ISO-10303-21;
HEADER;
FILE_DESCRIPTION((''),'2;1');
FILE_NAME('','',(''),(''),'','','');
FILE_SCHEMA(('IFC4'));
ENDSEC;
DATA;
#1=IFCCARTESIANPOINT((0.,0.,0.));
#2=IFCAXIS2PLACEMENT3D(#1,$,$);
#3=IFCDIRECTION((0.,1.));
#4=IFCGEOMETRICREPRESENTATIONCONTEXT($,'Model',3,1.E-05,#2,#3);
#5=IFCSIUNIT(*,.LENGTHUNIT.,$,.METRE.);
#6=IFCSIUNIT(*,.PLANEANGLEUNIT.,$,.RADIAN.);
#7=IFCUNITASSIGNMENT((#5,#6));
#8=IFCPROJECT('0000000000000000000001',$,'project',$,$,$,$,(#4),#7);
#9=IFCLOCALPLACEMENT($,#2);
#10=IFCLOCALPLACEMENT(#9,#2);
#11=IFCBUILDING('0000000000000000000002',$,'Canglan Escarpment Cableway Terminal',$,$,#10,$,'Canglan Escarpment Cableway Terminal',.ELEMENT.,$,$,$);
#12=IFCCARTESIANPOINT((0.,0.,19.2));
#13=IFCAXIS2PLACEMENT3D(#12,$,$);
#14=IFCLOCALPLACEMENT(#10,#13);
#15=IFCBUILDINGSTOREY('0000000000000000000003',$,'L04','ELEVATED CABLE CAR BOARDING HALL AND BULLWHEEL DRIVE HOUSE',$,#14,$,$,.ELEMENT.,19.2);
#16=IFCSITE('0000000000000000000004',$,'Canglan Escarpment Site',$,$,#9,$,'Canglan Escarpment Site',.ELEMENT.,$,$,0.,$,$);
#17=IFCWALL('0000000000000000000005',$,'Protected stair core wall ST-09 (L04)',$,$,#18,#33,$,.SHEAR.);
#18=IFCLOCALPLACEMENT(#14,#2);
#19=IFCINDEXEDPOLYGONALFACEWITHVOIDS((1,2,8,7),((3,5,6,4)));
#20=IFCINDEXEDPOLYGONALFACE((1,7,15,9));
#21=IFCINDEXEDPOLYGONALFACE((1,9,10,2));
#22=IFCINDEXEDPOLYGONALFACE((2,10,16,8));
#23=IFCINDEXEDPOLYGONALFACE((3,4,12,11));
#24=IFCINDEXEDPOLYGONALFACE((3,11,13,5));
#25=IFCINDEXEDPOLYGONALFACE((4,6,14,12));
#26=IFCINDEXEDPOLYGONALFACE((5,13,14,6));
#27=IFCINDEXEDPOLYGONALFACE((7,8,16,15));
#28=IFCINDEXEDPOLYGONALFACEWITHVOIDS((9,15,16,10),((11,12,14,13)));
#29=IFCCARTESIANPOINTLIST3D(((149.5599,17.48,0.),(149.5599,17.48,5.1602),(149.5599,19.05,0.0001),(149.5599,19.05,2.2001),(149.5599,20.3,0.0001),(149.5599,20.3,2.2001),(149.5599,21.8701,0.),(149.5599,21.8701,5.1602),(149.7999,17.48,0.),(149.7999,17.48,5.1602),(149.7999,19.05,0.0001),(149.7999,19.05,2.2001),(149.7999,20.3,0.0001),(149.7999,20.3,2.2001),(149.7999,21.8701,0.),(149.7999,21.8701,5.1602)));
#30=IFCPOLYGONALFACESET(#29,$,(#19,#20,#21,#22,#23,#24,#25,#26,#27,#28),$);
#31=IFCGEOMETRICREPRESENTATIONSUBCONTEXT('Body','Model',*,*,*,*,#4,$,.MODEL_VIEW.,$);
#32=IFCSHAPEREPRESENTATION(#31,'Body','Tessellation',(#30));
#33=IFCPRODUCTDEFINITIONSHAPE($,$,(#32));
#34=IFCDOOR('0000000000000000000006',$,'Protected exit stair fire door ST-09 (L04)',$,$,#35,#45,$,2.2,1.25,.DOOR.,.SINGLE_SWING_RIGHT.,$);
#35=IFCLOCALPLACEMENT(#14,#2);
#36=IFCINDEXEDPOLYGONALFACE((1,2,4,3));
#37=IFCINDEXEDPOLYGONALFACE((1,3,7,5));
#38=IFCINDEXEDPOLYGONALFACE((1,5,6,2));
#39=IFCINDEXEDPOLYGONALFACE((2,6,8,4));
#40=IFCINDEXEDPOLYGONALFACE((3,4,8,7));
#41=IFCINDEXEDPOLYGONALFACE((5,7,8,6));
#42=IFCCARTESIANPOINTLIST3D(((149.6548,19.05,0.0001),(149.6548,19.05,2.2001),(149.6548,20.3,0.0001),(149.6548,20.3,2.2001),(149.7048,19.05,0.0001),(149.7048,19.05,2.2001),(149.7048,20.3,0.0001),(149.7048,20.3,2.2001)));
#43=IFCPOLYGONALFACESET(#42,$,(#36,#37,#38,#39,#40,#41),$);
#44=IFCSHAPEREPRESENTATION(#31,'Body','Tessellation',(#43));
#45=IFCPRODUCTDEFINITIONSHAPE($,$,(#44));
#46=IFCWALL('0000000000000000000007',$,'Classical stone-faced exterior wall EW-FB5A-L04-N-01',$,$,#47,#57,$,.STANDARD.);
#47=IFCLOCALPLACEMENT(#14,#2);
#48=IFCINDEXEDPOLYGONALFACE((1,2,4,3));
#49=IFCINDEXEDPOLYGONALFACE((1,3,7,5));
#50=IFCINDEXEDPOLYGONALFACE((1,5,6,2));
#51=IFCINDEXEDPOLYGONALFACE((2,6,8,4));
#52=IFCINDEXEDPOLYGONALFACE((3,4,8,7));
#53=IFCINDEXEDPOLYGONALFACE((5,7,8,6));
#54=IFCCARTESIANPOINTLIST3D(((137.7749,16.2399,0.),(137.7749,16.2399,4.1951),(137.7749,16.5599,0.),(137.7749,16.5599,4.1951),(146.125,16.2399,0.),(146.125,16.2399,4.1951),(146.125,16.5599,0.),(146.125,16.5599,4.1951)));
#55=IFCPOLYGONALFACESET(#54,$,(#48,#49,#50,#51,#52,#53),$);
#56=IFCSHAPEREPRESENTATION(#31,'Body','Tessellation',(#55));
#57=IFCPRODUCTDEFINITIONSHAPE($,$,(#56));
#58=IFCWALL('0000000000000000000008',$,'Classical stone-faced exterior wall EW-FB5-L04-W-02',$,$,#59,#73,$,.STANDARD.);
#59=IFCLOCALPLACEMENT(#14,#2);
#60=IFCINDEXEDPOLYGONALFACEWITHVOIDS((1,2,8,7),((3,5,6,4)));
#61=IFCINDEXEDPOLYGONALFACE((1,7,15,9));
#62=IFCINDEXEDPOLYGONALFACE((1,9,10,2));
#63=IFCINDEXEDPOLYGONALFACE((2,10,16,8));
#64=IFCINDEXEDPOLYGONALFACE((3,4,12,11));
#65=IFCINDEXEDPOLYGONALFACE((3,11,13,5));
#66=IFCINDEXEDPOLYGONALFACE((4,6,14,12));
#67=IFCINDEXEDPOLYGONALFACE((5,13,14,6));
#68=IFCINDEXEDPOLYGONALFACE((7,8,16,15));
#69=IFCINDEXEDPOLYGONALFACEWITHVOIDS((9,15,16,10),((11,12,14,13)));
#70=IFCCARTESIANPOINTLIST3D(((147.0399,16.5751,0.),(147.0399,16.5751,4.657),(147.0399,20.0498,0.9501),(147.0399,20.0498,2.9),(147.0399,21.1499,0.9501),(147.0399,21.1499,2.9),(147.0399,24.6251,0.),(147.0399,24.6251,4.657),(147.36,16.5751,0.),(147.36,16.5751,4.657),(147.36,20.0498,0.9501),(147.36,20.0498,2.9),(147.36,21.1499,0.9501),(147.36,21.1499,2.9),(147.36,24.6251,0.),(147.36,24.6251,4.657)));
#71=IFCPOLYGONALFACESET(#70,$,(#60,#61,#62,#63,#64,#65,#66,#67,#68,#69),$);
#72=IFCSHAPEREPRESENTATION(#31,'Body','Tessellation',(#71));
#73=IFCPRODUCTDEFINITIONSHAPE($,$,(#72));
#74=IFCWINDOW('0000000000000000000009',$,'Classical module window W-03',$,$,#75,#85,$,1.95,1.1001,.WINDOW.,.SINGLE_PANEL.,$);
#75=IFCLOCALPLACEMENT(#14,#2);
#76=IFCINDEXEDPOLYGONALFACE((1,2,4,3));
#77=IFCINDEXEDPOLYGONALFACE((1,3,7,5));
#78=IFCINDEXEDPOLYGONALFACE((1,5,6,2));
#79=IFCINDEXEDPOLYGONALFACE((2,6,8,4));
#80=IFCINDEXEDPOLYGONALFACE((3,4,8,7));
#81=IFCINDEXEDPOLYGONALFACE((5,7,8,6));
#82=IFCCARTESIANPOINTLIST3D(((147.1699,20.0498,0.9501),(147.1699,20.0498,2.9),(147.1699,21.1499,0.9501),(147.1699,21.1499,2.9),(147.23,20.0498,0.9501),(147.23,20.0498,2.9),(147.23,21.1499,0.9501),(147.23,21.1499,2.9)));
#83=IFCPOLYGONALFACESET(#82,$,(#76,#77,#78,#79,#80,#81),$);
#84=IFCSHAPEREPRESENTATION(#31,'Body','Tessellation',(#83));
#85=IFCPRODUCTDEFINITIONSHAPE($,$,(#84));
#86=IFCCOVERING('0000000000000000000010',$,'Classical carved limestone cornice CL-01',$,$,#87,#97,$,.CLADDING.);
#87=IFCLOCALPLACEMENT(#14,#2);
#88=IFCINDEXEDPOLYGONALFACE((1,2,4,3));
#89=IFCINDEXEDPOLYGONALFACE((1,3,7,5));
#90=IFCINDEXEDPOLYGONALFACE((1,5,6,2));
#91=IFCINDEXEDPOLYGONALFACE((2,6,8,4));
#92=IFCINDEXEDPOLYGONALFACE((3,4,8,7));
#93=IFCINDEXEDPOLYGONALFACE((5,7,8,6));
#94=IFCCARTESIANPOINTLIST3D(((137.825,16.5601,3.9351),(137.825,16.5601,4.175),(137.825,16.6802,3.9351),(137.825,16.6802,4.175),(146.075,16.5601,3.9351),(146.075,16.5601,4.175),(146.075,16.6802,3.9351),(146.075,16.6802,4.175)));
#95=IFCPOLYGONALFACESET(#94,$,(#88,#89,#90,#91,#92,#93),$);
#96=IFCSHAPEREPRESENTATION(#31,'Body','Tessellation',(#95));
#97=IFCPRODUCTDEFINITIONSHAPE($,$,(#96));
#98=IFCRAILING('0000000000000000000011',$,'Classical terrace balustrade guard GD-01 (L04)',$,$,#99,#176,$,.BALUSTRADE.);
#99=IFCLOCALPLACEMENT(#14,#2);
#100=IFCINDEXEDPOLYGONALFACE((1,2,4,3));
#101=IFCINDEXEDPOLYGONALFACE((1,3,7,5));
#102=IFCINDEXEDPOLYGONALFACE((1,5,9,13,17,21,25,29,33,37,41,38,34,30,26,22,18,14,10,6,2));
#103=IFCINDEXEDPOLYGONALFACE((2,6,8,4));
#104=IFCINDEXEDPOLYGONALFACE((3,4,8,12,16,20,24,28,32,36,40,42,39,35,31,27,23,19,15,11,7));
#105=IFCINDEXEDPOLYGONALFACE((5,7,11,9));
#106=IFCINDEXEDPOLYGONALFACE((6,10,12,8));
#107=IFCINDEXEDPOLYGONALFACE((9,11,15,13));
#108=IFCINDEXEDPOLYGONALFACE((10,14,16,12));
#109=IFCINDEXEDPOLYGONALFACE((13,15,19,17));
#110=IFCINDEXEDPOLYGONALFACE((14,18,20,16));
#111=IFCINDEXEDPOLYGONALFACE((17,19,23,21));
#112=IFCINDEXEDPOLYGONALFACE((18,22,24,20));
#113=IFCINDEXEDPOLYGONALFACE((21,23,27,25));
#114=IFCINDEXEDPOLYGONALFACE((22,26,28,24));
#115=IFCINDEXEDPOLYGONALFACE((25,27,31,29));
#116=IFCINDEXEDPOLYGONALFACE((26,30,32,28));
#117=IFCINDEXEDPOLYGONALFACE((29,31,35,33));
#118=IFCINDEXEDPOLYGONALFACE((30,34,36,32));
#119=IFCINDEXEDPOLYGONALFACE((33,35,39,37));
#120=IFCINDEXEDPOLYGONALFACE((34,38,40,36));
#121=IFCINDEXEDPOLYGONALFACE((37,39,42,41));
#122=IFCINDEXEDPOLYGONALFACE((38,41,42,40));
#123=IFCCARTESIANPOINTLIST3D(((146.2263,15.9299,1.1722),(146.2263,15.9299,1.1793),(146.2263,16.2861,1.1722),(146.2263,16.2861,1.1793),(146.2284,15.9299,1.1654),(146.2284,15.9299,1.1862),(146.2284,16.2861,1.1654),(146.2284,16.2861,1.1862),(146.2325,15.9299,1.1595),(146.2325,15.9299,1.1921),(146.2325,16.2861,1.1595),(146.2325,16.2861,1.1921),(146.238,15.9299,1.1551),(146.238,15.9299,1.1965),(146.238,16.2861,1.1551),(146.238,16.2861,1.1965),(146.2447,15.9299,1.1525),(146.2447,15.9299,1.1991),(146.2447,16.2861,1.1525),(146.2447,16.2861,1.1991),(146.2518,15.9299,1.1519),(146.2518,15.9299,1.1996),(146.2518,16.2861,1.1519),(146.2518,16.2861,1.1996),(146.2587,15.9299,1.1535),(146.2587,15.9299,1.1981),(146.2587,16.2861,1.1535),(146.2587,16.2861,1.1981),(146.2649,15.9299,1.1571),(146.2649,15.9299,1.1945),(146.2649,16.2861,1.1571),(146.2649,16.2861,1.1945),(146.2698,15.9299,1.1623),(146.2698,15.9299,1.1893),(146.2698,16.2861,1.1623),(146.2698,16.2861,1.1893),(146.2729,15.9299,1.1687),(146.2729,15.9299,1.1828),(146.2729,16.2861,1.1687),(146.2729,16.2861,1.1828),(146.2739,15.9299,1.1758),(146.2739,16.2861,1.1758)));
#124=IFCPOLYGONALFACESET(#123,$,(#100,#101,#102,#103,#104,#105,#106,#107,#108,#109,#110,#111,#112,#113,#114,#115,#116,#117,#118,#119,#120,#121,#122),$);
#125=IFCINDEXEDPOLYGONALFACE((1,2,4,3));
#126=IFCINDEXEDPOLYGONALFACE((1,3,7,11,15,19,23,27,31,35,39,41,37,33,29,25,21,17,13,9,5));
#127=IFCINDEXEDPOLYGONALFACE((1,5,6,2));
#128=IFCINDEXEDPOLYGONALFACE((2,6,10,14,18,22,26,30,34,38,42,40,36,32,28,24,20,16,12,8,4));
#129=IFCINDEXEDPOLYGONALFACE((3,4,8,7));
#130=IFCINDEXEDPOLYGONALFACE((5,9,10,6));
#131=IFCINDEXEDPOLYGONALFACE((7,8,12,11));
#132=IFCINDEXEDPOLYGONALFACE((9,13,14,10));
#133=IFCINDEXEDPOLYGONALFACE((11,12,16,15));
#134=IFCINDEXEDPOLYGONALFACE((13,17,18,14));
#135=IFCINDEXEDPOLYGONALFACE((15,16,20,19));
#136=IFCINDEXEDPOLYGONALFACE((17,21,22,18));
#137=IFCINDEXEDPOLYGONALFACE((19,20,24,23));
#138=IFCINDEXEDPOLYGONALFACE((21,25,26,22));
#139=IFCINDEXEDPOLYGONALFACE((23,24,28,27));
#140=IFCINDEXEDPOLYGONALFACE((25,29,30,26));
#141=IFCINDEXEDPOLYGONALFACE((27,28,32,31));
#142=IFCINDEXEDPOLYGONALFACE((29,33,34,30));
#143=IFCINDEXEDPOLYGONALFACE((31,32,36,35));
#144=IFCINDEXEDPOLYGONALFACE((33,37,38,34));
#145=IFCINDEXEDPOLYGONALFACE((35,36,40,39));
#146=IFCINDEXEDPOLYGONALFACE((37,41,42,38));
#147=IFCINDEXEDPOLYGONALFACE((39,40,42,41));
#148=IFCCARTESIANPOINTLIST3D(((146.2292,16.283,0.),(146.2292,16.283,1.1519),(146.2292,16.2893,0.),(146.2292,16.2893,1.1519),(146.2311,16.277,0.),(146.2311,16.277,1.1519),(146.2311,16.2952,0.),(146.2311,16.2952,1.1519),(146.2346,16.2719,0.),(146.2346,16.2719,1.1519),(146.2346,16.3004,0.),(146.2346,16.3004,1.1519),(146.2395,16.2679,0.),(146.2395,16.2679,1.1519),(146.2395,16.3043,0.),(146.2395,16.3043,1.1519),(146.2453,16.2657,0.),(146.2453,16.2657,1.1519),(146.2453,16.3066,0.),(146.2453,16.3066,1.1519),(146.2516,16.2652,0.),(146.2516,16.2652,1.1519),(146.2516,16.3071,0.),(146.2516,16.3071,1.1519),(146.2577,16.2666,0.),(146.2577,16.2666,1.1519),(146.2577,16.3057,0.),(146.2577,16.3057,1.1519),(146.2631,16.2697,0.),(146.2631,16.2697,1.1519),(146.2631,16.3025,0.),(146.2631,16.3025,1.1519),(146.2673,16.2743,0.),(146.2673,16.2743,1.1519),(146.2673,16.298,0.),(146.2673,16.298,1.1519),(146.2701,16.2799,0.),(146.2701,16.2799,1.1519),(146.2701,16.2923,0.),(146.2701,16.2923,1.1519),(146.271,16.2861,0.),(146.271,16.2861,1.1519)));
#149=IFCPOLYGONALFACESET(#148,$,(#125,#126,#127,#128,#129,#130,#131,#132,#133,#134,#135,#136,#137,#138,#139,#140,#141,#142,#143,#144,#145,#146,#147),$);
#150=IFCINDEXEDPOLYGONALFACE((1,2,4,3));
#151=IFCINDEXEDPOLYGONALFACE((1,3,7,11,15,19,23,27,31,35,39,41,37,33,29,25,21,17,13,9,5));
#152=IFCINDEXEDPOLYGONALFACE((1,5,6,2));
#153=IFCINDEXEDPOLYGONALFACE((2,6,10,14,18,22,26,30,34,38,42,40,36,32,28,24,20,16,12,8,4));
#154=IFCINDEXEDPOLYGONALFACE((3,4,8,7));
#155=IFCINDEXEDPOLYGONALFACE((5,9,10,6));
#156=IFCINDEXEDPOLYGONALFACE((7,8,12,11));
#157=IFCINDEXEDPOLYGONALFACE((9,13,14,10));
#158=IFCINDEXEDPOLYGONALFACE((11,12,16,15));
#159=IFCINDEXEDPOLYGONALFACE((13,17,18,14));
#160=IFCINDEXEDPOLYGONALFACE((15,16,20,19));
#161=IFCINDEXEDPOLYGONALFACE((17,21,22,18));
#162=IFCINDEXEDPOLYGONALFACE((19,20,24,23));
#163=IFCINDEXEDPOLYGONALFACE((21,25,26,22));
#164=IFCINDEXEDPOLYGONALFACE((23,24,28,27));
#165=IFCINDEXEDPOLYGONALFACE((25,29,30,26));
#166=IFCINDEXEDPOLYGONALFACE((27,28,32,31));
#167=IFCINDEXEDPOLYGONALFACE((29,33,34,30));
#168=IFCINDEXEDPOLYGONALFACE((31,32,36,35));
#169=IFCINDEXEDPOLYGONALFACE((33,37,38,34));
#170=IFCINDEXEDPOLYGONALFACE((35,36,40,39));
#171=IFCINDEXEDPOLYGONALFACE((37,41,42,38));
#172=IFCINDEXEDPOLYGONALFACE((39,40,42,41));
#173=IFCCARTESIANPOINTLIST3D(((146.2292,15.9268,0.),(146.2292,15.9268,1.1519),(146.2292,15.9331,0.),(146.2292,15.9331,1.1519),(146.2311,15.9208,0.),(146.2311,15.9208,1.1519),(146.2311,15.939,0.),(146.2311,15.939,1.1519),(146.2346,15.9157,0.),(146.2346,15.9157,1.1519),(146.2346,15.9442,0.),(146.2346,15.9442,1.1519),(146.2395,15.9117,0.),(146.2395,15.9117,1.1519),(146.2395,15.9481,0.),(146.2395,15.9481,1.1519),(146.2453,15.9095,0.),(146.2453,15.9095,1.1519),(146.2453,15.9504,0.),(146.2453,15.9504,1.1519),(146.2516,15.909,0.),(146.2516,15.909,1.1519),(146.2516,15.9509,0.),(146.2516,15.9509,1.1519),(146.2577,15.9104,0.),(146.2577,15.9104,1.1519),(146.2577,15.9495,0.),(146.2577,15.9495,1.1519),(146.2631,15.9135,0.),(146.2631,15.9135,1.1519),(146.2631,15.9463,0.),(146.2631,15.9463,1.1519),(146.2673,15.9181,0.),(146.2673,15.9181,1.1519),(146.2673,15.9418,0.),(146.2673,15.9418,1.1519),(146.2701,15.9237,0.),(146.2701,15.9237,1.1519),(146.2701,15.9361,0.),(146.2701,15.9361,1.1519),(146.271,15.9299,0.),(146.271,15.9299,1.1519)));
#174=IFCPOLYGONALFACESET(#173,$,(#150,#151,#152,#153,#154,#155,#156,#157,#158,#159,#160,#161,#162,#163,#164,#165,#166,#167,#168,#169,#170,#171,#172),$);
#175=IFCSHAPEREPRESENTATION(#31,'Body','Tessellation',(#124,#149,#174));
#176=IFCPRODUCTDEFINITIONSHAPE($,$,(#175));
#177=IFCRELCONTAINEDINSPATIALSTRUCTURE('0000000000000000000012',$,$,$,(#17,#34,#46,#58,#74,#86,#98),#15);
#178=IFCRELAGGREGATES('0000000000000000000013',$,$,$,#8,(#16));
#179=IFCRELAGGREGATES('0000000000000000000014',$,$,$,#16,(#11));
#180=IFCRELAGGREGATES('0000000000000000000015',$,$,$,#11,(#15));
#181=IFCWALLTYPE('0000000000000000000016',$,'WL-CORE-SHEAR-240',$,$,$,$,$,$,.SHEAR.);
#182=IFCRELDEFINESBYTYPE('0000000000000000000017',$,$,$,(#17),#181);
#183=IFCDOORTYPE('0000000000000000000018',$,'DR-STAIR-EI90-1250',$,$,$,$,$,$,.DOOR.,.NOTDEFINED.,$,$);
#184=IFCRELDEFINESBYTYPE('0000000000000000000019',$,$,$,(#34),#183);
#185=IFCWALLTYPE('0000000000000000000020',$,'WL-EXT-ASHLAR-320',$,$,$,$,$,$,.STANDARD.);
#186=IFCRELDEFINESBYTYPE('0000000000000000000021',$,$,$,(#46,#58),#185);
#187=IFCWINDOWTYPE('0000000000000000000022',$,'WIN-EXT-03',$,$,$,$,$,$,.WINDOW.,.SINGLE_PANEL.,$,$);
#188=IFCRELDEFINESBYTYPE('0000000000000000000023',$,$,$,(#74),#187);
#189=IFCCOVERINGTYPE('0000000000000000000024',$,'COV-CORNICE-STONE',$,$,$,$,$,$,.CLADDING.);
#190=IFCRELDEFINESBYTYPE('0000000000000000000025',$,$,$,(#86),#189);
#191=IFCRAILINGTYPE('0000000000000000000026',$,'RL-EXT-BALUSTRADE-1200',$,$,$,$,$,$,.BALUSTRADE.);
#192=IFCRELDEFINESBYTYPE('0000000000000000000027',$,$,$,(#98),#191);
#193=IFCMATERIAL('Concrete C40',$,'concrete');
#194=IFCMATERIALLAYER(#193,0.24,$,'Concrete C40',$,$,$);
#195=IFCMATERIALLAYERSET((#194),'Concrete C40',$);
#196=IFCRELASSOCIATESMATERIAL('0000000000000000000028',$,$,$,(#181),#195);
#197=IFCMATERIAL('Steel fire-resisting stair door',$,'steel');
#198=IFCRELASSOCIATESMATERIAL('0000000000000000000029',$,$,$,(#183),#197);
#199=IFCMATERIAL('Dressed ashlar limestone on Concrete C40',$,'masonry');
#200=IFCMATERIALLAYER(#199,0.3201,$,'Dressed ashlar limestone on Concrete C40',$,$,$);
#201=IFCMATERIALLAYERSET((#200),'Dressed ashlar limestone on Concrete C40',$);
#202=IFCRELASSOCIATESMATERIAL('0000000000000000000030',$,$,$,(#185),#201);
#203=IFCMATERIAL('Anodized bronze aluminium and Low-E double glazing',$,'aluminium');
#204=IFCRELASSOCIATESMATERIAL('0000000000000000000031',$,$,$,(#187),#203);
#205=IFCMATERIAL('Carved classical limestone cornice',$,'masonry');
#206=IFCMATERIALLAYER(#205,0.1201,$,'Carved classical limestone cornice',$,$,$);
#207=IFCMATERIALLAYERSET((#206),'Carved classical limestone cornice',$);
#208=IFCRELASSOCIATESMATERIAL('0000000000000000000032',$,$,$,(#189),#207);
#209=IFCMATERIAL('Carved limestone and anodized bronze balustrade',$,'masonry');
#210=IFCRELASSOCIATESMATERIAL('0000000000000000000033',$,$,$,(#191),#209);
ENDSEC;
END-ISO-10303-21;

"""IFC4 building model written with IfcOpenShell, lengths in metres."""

from ifc_helpers import new_model, si_unit, direction, frame, frame_2d, origin, origin_2d, place, context, subcontext, project, spatial, rectangle, circle, extrude, material, layer, layer_set, type_object, element, fill, save


model = new_model("IFC4")

# Units and contexts
model_context = context("Model", 3, precision=1e-05, world=origin(), true_north=direction((0.0, 1.0)))
body_context = subcontext(model_context, "Body", "Model", "MODEL_VIEW")
ifc_project = project(units=[si_unit("LENGTHUNIT", "METRE"), si_unit("PLANEANGLEUNIT", "RADIAN")], contexts=[model_context])

# Site, building, storey
site_placement = place(None, origin())
site = spatial("IfcSite", under=ifc_project, at=site_placement, Name="Canglan Escarpment Site", LongName="Canglan Escarpment Site", CompositionType="ELEMENT", RefElevation=0.0)
building_placement = place(site_placement, origin())
building = spatial("IfcBuilding", under=site, at=building_placement, Name="Canglan Escarpment Cableway Terminal", LongName="Canglan Escarpment Cableway Terminal", CompositionType="ELEMENT")
storey_placement = place(building_placement, frame((0.0, 0.0, 19.2)))
storey = spatial("IfcBuildingStorey", under=building, at=storey_placement, Name="L04", Description="ELEVATED CABLE CAR BOARDING HALL AND BULLWHEEL DRIVE HOUSE", CompositionType="ELEMENT", Elevation=19.2)

# Shared definitions
ifc_material_1 = material(Name="Concrete C40", Category="concrete")
ifc_layer_1 = layer(ifc_material_1, 0.24, Name="Concrete C40")
ifc_layer_set_1 = layer_set([ifc_layer_1], Name="Concrete C40")
wall_type_1 = type_object("IfcWallType", Name="WL-CORE-SHEAR-240", PredefinedType="SHEAR", material=ifc_layer_set_1)
ifc_material_2 = material(Name="Steel fire-resisting stair door", Category="steel")
door_type = type_object("IfcDoorType", Name="DR-STAIR-EI90-1250", OperationType="NOTDEFINED", PredefinedType="DOOR", material=ifc_material_2)

# Wall, opening, door
wall_1_placement = place(storey_placement, frame((149.6799, 21.8701, 0.0), z_axis=(0.0, 0.0, 1.0), x_axis=(0.0, -1.0, 0.0)))
wall_1 = element("IfcWall", 1, at=wall_1_placement, inside=storey, type_object=wall_type_1, Name="Protected stair core wall ST-09 (L04)", PredefinedType="SHEAR", context=body_context, shape_type="SweptSolid", body=[
    extrude(rectangle(XDim=4.3901, YDim=0.24, at=frame_2d((2.1951, 0.0))), origin(), (0.0, 0.0, 1.0), 5.1602),
])
opening_1_placement = place(wall_1_placement, frame((1.5701, 0.0, 0.0)))
opening_1 = element("IfcOpeningElement", 2, at=opening_1_placement, cuts=wall_1, PredefinedType="OPENING", context=body_context, shape_type="SweptSolid", body=[
    extrude(rectangle(XDim=1.25, YDim=2.2, at=frame_2d((0.625, 1.1001))), frame((0.0, 0.1299, 0.0), z_axis=(0.0, -1.0, 0.0), x_axis=(1.0, 0.0, 0.0)), (0.0, 0.0, 1.0), 0.26),
])
door_1_placement = place(opening_1_placement, origin())
door_1 = element("IfcDoor", 3, at=door_1_placement, inside=storey, type_object=door_type, Name="Protected exit stair fire door ST-09 (L04)", OperationType="SINGLE_SWING_RIGHT", OverallHeight=2.2, OverallWidth=1.25, PredefinedType="DOOR", context=body_context, shape_type="SweptSolid", body=[
    extrude(rectangle(XDim=1.25, YDim=2.2, at=frame_2d((0.625, 1.1001))), frame((0.0, 0.0249, 0.0), z_axis=(0.0, -1.0, 0.0), x_axis=(1.0, 0.0, 0.0)), (0.0, 0.0, 1.0), 0.05),
])
fill(opening_1, door_1)

# Wall
ifc_material_3 = material(Name="Dressed ashlar limestone on Concrete C40", Category="masonry")
ifc_layer_2 = layer(ifc_material_3, 0.3201, Name="Dressed ashlar limestone on Concrete C40")
ifc_layer_set_2 = layer_set([ifc_layer_2], Name="Dressed ashlar limestone on Concrete C40")
wall_type_2 = type_object("IfcWallType", Name="WL-EXT-ASHLAR-320", PredefinedType="STANDARD", material=ifc_layer_set_2)
wall_2_placement = place(storey_placement, frame((146.125, 16.3999, 0.0), z_axis=(0.0, 0.0, 1.0), x_axis=(-1.0, 0.0, 0.0)))
element("IfcWall", 4, at=wall_2_placement, inside=storey, type_object=wall_type_2, Name="Classical stone-faced exterior wall EW-FB5A-L04-N-01", PredefinedType="STANDARD", context=body_context, shape_type="SweptSolid", body=[
    extrude(rectangle(XDim=8.3501, YDim=0.3201, at=frame_2d((4.175, 0.0))), origin(), (0.0, 0.0, 1.0), 4.1951),
])

# Wall, opening, window
wall_3_placement = place(storey_placement, frame((147.2, 24.625, 0.0), z_axis=(0.0, 0.0, 1.0), x_axis=(0.0, -1.0, 0.0)))
wall_3 = element("IfcWall", 5, at=wall_3_placement, inside=storey, type_object=wall_type_2, Name="Classical stone-faced exterior wall EW-FB5-L04-W-02", PredefinedType="STANDARD", context=body_context, shape_type="SweptSolid", body=[
    extrude(rectangle(XDim=8.05, YDim=0.3201, at=frame_2d((4.0249, 0.0))), origin(), (0.0, 0.0, 1.0), 4.657),
])
opening_2_placement = place(wall_3_placement, frame((3.4751, 0.0, 0.95)))
opening_2 = element("IfcOpeningElement", 6, at=opening_2_placement, cuts=wall_3, PredefinedType="OPENING", context=body_context, shape_type="SweptSolid", body=[
    extrude(rectangle(XDim=1.1001, YDim=1.95, at=frame_2d((0.55, 0.9751))), frame((0.0, 0.1699, 0.0), z_axis=(0.0, -1.0, 0.0), x_axis=(1.0, 0.0, 0.0)), (0.0, 0.0, 1.0), 0.3401),
])
ifc_material_4 = material(Name="Anodized bronze aluminium and Low-E double glazing", Category="aluminium")
window_type = type_object("IfcWindowType", Name="WIN-EXT-03", PartitioningType="SINGLE_PANEL", PredefinedType="WINDOW", material=ifc_material_4)
window_placement = place(opening_2_placement, origin())
window = element("IfcWindow", 7, at=window_placement, inside=storey, type_object=window_type, Name="Classical module window W-03", OverallHeight=1.95, OverallWidth=1.1001, PartitioningType="SINGLE_PANEL", PredefinedType="WINDOW", context=body_context, shape_type="SweptSolid", body=[
    extrude(rectangle(XDim=1.1001, YDim=1.95, at=frame_2d((0.55, 0.9751))), frame((0.0, 0.03, 0.0), z_axis=(0.0, -1.0, 0.0), x_axis=(1.0, 0.0, 0.0)), (0.0, 0.0, 1.0), 0.0601),
])
fill(opening_2, window)

# Covering
ifc_material_5 = material(Name="Carved classical limestone cornice", Category="masonry")
ifc_layer_3 = layer(ifc_material_5, 0.1201, Name="Carved classical limestone cornice")
ifc_layer_set_3 = layer_set([ifc_layer_3], Name="Carved classical limestone cornice")
covering_type = type_object("IfcCoveringType", Name="COV-CORNICE-STONE", PredefinedType="CLADDING", material=ifc_layer_set_3)
covering_placement = place(storey_placement, frame((141.95, 16.6201, 3.9351), z_axis=(0.0, 0.0, 1.0), x_axis=(-1.0, 0.0, 0.0)))
element("IfcCovering", 8, at=covering_placement, inside=storey, type_object=covering_type, Name="Classical carved limestone cornice CL-01", PredefinedType="CLADDING", context=body_context, shape_type="SweptSolid", body=[
    extrude(rectangle(XDim=8.25, YDim=0.1201, at=origin_2d()), origin(), (0.0, 0.0, 1.0), 0.24),
])

# Railing
ifc_material_6 = material(Name="Carved limestone and anodized bronze balustrade", Category="masonry")
railing_type = type_object("IfcRailingType", Name="RL-EXT-BALUSTRADE-1200", PredefinedType="BALUSTRADE", material=ifc_material_6)
railing_1_placement = place(storey_placement, frame((146.25, 16.2861, 0.0)))
element("IfcRailing", 9, at=railing_1_placement, inside=storey, type_object=railing_type, Name="Classical terrace balustrade guard GD-01 (L04)", PredefinedType="BALUSTRADE", context=body_context, shape_type="SweptSolid", body=[
    extrude(circle(Radius=0.0239, at=origin_2d()), frame((0.0, 0.0, 1.1758), z_axis=(0.0, -1.0, 0.0), x_axis=(1.0, 0.0, 0.0)), (0.0, 0.0, 1.0), 0.3562),
    extrude(circle(Radius=0.021, at=origin_2d()), origin(), (0.0, 0.0, 1.0), 1.1519),
    extrude(circle(Radius=0.021, at=origin_2d()), frame((0.0, -0.3562, 0.0)), (0.0, 0.0, 1.0), 1.1519),
])

save(model, "model.ifc")
